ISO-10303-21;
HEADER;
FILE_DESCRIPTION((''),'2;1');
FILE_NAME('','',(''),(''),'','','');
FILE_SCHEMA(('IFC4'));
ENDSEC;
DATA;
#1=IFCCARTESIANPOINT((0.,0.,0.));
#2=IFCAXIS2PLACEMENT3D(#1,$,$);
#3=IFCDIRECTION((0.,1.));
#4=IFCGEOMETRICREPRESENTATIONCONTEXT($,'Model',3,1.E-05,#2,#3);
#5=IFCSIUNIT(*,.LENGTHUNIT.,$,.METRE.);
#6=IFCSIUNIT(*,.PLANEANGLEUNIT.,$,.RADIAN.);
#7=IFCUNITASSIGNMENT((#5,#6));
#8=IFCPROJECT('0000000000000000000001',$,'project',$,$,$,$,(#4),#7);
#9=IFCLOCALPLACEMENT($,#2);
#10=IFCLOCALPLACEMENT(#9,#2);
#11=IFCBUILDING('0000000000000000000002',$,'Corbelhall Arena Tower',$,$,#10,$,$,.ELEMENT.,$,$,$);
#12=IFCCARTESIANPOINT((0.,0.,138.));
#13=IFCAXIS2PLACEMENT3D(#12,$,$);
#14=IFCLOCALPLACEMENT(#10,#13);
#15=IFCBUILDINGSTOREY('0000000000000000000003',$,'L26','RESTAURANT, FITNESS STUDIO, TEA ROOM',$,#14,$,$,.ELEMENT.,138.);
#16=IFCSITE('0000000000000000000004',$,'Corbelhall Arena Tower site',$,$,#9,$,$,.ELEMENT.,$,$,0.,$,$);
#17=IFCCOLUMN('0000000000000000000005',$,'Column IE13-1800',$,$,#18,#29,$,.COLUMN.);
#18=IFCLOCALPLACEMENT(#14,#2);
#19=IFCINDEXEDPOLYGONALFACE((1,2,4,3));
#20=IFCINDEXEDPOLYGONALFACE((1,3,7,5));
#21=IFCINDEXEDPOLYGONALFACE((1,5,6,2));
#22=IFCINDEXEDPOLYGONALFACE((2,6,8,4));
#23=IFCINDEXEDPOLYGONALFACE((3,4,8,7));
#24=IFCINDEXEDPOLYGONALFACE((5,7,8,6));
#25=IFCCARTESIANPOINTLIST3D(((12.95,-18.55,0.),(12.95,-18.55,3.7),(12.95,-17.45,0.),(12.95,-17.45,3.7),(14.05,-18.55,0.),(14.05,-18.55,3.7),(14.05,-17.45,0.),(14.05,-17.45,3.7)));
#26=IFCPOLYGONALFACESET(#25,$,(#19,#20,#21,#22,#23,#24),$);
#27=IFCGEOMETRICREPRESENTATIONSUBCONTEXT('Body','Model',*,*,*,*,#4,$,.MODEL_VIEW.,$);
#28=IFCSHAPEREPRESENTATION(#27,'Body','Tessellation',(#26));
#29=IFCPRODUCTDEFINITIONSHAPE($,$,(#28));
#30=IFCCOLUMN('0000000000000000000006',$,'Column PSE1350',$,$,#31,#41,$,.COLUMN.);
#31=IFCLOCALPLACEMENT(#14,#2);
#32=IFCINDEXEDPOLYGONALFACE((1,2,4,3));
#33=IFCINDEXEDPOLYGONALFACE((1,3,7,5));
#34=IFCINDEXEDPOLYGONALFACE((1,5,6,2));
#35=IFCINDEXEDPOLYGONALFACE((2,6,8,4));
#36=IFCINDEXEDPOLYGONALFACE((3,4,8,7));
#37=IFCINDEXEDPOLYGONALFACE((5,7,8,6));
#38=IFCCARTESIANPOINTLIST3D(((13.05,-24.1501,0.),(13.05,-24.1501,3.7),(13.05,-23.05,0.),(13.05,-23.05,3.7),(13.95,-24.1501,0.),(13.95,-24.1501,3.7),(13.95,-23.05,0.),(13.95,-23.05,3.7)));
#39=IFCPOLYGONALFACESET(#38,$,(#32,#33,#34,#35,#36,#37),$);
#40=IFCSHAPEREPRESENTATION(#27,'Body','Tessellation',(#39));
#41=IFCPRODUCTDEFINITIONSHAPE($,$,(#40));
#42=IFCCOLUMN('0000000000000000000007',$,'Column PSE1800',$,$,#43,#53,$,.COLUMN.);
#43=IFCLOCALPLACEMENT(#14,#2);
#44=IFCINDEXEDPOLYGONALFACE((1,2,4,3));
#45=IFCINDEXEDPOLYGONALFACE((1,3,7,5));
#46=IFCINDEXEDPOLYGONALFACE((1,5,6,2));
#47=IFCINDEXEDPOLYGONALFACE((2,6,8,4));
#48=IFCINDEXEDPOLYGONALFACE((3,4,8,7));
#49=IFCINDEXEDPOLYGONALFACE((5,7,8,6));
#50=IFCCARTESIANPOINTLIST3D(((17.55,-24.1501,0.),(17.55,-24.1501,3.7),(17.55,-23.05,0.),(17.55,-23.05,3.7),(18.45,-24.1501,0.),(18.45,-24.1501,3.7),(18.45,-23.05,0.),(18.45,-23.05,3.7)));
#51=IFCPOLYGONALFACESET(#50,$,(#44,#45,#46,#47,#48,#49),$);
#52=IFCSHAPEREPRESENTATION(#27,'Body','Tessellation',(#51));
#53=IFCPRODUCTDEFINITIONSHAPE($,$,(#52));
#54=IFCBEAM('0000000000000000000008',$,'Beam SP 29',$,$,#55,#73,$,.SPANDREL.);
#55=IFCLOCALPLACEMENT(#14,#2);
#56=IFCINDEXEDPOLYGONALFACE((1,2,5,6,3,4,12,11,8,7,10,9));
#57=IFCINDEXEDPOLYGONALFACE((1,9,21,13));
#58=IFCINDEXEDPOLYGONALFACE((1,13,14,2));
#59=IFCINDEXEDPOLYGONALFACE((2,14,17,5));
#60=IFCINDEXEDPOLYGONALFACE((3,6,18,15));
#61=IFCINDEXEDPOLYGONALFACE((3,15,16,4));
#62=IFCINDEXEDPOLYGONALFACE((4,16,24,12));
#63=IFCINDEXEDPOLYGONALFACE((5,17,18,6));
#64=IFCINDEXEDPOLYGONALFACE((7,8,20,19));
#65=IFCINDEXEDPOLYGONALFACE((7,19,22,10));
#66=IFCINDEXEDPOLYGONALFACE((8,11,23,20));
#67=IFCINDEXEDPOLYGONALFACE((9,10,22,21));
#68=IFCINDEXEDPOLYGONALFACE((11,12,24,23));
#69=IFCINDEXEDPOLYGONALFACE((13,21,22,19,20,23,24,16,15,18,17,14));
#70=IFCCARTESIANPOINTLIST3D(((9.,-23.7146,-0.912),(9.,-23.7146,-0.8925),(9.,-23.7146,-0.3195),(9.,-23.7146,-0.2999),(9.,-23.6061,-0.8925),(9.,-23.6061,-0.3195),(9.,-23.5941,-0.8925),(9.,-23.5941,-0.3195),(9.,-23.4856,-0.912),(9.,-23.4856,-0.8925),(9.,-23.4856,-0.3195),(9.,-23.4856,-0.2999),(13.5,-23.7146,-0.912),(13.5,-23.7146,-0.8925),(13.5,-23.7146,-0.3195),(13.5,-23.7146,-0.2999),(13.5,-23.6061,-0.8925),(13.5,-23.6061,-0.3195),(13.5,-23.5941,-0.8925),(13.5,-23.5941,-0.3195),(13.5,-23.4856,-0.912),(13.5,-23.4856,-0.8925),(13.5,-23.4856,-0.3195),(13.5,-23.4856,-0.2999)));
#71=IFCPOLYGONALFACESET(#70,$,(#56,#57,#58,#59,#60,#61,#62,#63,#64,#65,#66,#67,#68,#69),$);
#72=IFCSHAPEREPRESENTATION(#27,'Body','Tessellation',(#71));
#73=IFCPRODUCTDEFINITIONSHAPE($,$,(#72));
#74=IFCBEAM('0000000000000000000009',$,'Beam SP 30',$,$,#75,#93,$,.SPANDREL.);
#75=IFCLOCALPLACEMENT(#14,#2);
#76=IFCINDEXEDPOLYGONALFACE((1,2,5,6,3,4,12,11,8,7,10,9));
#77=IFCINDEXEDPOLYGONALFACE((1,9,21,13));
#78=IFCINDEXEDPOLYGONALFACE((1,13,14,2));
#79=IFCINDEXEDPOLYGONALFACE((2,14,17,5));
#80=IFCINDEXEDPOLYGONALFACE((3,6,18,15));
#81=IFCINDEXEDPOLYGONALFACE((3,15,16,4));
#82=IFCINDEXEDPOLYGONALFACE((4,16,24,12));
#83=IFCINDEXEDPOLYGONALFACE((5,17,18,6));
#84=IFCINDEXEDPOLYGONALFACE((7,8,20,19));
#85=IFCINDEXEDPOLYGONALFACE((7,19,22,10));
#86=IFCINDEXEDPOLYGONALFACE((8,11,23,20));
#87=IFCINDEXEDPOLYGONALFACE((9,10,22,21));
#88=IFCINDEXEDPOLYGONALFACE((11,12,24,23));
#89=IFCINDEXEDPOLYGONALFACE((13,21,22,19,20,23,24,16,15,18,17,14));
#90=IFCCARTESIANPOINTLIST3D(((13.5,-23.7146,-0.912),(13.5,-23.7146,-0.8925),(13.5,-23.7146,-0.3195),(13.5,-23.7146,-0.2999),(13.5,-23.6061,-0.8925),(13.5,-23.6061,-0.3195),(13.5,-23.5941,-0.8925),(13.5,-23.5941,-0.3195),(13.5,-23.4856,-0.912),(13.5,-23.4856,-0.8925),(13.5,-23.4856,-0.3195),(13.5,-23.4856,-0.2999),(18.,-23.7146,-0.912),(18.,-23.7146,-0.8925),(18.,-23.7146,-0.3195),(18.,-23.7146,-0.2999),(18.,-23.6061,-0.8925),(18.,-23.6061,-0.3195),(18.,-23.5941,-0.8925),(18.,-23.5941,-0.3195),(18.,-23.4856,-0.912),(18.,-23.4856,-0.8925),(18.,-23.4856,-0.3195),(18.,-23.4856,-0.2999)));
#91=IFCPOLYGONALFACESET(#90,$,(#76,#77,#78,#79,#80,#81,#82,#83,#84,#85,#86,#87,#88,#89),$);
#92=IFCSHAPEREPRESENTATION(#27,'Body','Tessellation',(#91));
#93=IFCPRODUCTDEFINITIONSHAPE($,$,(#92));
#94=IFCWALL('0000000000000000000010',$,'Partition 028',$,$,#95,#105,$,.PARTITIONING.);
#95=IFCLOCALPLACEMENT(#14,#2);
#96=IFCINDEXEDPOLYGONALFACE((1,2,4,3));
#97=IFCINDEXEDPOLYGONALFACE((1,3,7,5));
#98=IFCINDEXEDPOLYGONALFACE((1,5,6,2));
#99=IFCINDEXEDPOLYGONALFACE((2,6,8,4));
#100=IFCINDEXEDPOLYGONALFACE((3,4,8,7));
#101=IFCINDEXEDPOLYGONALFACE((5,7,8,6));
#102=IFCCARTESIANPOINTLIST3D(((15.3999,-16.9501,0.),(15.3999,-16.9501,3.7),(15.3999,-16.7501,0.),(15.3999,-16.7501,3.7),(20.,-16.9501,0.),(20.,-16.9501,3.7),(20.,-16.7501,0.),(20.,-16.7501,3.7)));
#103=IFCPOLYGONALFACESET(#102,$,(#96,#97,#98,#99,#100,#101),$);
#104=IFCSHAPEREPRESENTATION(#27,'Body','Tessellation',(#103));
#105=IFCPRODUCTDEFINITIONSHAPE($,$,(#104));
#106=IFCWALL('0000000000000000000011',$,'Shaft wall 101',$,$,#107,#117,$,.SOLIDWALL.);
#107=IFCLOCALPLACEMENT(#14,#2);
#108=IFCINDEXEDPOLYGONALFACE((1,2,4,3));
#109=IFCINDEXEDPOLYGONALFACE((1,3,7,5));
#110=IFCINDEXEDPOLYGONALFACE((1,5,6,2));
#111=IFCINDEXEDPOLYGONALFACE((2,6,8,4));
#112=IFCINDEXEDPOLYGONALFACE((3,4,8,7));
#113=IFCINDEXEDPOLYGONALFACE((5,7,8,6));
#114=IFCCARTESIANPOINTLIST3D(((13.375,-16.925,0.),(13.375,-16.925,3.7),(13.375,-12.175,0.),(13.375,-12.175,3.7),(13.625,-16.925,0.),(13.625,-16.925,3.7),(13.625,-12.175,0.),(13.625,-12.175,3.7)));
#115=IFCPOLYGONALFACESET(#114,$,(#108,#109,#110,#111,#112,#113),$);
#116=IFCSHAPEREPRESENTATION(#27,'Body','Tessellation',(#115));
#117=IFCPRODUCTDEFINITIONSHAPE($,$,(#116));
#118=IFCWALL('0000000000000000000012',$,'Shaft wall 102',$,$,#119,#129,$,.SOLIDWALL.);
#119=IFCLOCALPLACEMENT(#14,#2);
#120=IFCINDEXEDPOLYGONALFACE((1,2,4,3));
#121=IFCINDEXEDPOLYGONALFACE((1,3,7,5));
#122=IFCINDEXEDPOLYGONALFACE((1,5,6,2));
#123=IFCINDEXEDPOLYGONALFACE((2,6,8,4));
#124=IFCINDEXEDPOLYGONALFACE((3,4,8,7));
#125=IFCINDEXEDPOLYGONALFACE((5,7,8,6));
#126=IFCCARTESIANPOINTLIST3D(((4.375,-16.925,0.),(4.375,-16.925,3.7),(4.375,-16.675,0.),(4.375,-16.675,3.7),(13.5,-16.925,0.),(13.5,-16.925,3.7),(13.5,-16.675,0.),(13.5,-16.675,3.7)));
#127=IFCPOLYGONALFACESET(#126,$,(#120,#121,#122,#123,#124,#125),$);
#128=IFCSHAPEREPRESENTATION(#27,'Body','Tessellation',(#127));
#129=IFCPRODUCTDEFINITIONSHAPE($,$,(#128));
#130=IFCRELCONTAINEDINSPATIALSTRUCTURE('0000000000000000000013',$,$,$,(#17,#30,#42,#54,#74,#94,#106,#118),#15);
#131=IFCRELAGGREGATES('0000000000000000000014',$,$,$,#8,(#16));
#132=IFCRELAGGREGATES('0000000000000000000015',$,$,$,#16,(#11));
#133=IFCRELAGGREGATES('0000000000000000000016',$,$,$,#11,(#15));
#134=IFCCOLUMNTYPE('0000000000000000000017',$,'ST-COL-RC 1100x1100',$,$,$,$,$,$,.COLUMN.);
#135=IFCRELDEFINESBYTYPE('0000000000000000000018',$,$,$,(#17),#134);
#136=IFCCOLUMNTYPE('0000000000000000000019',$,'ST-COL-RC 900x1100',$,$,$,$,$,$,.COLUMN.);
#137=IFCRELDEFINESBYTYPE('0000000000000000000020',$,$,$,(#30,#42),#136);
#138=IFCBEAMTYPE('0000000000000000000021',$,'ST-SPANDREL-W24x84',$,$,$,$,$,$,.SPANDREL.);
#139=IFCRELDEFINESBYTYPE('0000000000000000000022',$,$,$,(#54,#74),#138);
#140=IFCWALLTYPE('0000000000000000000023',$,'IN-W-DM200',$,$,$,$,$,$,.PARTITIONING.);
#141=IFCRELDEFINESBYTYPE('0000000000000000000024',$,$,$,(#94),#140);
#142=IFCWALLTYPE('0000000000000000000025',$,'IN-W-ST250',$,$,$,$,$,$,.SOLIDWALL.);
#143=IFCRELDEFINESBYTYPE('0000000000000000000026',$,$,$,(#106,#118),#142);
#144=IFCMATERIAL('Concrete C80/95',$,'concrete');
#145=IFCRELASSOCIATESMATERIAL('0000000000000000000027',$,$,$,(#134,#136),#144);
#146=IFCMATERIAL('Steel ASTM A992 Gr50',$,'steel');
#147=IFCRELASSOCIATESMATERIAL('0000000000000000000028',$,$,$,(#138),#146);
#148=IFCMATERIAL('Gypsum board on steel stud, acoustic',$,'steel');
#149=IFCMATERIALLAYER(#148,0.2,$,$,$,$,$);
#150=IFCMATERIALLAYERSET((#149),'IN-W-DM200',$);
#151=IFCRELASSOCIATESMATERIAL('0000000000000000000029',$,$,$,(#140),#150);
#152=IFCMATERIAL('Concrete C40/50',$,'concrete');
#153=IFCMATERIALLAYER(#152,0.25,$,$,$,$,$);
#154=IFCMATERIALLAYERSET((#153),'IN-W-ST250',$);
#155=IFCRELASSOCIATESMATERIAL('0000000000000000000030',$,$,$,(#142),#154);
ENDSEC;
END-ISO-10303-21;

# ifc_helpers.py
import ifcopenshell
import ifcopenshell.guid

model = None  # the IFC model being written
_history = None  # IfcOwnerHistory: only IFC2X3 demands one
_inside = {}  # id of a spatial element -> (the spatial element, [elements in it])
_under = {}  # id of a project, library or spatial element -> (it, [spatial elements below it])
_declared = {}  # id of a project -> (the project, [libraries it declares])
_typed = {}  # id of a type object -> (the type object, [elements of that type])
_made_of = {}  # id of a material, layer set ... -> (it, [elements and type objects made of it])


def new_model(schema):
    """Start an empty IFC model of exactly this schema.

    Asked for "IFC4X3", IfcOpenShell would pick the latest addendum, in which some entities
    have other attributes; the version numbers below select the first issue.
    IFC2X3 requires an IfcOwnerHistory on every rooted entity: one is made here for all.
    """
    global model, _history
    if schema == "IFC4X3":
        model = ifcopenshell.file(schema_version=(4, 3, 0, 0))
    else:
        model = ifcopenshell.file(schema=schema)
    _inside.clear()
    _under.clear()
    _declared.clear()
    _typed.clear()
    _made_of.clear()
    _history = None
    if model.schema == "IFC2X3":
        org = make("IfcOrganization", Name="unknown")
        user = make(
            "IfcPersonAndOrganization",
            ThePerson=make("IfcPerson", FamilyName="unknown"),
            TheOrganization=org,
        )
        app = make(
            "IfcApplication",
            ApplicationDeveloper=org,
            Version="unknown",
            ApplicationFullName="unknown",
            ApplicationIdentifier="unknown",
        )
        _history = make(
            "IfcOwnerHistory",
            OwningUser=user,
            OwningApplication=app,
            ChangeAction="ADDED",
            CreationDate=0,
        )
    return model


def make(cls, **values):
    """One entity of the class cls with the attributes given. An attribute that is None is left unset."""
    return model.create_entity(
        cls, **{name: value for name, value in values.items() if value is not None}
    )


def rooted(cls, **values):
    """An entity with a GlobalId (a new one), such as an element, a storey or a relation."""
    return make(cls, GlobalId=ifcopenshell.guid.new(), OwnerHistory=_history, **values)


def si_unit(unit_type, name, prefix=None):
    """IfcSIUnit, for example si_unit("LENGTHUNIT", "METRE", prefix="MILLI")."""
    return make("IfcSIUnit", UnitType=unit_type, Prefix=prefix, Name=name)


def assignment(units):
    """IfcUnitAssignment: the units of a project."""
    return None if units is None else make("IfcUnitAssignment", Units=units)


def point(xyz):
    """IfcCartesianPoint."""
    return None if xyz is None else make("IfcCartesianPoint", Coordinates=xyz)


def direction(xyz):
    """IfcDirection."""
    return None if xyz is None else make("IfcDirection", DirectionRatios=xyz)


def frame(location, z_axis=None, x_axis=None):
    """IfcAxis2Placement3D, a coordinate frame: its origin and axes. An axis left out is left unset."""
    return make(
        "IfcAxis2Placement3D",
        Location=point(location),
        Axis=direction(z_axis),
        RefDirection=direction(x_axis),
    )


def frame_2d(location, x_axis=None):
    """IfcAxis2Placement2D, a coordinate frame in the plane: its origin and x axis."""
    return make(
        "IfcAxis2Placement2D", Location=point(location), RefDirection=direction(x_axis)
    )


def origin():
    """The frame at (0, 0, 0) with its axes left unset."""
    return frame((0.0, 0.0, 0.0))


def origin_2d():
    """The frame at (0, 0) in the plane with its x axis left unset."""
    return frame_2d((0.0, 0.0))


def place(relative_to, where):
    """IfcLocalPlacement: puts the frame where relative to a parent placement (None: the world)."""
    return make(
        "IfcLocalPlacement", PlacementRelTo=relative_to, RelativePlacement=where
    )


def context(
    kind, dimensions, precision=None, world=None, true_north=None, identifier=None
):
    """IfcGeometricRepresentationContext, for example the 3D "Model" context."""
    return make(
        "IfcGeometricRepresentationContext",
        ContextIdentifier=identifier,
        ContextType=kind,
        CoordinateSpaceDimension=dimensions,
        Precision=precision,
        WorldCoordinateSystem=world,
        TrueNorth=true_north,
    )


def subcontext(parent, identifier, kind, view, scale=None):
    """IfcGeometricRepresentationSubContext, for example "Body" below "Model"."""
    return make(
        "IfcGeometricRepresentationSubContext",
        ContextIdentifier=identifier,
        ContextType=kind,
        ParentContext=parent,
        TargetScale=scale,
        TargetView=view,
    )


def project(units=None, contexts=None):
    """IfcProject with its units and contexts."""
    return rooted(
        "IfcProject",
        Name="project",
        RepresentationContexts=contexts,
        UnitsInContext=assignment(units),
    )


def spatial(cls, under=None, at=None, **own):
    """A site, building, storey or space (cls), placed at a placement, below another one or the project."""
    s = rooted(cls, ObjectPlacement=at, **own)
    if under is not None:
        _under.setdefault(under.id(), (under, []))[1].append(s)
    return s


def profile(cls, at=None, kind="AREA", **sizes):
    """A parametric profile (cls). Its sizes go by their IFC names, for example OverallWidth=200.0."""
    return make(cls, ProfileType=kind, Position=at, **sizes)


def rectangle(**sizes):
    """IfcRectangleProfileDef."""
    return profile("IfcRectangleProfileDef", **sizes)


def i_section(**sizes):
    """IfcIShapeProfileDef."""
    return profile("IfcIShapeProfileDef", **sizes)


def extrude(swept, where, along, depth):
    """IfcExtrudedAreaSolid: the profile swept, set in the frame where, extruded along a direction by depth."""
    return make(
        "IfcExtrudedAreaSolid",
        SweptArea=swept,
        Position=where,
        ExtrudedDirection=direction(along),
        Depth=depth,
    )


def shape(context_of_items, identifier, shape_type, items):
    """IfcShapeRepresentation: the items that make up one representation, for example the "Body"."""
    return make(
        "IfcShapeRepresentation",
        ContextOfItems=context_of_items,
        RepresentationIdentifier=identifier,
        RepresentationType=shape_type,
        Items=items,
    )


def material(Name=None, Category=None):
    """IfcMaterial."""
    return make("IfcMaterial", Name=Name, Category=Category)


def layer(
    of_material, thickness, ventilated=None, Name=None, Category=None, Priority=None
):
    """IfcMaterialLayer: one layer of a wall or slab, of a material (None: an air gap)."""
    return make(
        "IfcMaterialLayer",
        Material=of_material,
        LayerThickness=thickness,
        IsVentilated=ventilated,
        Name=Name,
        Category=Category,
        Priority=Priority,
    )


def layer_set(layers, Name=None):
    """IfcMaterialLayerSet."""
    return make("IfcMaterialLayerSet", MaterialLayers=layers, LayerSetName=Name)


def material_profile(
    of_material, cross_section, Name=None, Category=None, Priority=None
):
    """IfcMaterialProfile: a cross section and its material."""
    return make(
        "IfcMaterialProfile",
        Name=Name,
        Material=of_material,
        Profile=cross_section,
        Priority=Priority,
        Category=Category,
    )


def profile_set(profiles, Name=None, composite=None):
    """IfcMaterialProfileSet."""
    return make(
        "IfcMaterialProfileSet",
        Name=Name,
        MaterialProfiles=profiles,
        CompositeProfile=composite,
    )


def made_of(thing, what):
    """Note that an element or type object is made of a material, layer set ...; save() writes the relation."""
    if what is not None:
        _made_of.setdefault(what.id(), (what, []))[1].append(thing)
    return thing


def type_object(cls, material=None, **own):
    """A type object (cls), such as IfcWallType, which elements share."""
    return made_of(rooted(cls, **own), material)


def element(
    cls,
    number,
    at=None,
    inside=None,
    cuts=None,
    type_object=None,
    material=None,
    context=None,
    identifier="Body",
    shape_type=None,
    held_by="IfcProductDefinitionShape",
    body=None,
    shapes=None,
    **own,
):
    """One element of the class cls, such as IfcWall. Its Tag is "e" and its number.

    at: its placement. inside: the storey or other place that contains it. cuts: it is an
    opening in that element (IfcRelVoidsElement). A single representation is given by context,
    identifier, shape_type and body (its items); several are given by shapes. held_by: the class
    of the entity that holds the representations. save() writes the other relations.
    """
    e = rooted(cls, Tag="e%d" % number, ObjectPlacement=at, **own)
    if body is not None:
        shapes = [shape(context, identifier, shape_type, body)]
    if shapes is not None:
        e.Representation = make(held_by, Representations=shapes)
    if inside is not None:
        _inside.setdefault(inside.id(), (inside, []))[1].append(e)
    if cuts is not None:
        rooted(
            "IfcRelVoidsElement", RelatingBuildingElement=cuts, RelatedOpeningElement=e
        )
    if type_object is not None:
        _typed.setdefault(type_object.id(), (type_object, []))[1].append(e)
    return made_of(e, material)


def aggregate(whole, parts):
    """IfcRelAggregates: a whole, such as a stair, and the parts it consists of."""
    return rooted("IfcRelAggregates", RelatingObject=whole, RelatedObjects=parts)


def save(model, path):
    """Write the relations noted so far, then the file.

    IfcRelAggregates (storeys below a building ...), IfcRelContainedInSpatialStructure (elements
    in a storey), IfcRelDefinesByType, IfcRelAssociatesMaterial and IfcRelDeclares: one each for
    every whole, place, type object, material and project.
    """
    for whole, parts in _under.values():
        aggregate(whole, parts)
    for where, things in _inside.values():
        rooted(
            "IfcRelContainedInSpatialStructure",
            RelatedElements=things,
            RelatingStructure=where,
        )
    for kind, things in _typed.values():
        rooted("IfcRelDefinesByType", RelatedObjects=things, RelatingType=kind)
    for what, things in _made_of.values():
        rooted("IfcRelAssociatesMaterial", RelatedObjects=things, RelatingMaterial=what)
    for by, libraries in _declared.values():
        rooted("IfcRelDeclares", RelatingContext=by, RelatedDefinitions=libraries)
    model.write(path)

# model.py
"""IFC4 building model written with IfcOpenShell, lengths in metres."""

from ifc_helpers import new_model, si_unit, direction, frame, frame_2d, origin, origin_2d, place, context, subcontext, project, spatial, rectangle, i_section, extrude, material, layer, layer_set, material_profile, profile_set, type_object, element, save


model = new_model("IFC4")

# Units and contexts
model_context = context("Model", 3, precision=1e-05, world=origin(), true_north=direction((0.0, 1.0)))
body_context = subcontext(model_context, "Body", "Model", "MODEL_VIEW")
ifc_project = project(units=[si_unit("LENGTHUNIT", "METRE"), si_unit("PLANEANGLEUNIT", "RADIAN")], contexts=[model_context])

# Site, building, storey
site_placement = place(None, origin())
site = spatial("IfcSite", under=ifc_project, at=site_placement, Name="Corbelhall Arena Tower site", CompositionType="ELEMENT", RefElevation=0.0)
building_placement = place(site_placement, origin())
building = spatial("IfcBuilding", under=site, at=building_placement, Name="Corbelhall Arena Tower", CompositionType="ELEMENT")
storey_placement = place(building_placement, frame((0.0, 0.0, 138.0)))
storey = spatial("IfcBuildingStorey", under=building, at=storey_placement, Name="L26", Description="RESTAURANT, FITNESS STUDIO, TEA ROOM", CompositionType="ELEMENT", Elevation=138.0)

# Columns
ifc_material_1 = material(Name="Concrete C80/95", Category="concrete")
ifc_material_profile_1 = material_profile(ifc_material_1, rectangle(XDim=1.1001, YDim=1.1001, at=origin_2d()))
ifc_profile_set_1 = profile_set([ifc_material_profile_1], Name="Concrete C80/95")
column_type_1 = type_object("IfcColumnType", Name="ST-COL-RC 1100x1100", PredefinedType="COLUMN", material=ifc_profile_set_1)
column_placement = place(storey_placement, frame((13.5, -18.0, 0.0), z_axis=(0.0, 0.0, 1.0), x_axis=(1.0, 0.0, 0.0)))
element("IfcColumn", 1, at=column_placement, inside=storey, type_object=column_type_1, Name="Column IE13-1800", PredefinedType="COLUMN", context=body_context, shape_type="SweptSolid", body=[
    extrude(rectangle(XDim=1.1001, YDim=1.1001, at=origin_2d()), origin(), (0.0, 0.0, 1.0), 3.7),
])
ifc_material_profile_2 = material_profile(ifc_material_1, rectangle(XDim=0.8999, YDim=1.1001, at=origin_2d()))
ifc_profile_set_2 = profile_set([ifc_material_profile_2], Name="Concrete C80/95")
column_type_2 = type_object("IfcColumnType", Name="ST-COL-RC 900x1100", PredefinedType="COLUMN", material=ifc_profile_set_2)
for number, where, z_axis, x_axis, name in (
    (2, (13.5, -23.6001, 0.0), (0.0, 0.0, 1.0), (1.0, 0.0, 0.0), "Column PSE1350"),
    (3, (18.0, -23.6001, 0.0), (0.0, 0.0, 1.0), (1.0, 0.0, 0.0), "Column PSE1800"),
):
    element("IfcColumn", number, at=place(storey_placement, frame(where, z_axis=z_axis, x_axis=x_axis)), inside=storey, type_object=column_type_2, Name=name, PredefinedType="COLUMN", context=body_context, shape_type="SweptSolid", body=[
        extrude(rectangle(XDim=0.8999, YDim=1.1001, at=origin_2d()), origin(), (0.0, 0.0, 1.0), 3.7),
    ])

# Beams
ifc_material_2 = material(Name="Steel ASTM A992 Gr50", Category="steel")
ifc_material_profile_3 = material_profile(ifc_material_2, i_section(OverallWidth=0.229, OverallDepth=0.6121, WebThickness=0.012, FlangeThickness=0.0195, at=origin_2d()))
ifc_profile_set_3 = profile_set([ifc_material_profile_3], Name="Steel ASTM A992 Gr50")
beam_type = type_object("IfcBeamType", Name="ST-SPANDREL-W24x84", PredefinedType="SPANDREL", material=ifc_profile_set_3)
for number, where, z_axis, x_axis, name in (
    (4, (13.5, -23.6001, -0.606), (-1.0, 0.0, 0.0), (0.0, -1.0, 0.0), "Beam SP 29"),
    (5, (18.0, -23.6001, -0.606), (-1.0, 0.0, 0.0), (0.0, -1.0, 0.0), "Beam SP 30"),
):
    element("IfcBeam", number, at=place(storey_placement, frame(where, z_axis=z_axis, x_axis=x_axis)), inside=storey, type_object=beam_type, Name=name, PredefinedType="SPANDREL", context=body_context, shape_type="SweptSolid", body=[
        extrude(i_section(OverallWidth=0.229, OverallDepth=0.6121, WebThickness=0.012, FlangeThickness=0.0195, at=origin_2d()), origin(), (0.0, 0.0, 1.0), 4.5),
    ])

# Shared definitions
ifc_material_3 = material(Name="Gypsum board on steel stud, acoustic", Category="steel")
ifc_layer_1 = layer(ifc_material_3, 0.2)
ifc_layer_set_1 = layer_set([ifc_layer_1], Name="IN-W-DM200")
wall_type_1 = type_object("IfcWallType", Name="IN-W-DM200", PredefinedType="PARTITIONING", material=ifc_layer_set_1)

# Walls
wall_1_placement = place(storey_placement, frame((15.3999, -16.8501, 0.0), z_axis=(0.0, 0.0, 1.0), x_axis=(1.0, 0.0, 0.0)))
element("IfcWall", 6, at=wall_1_placement, inside=storey, type_object=wall_type_1, Name="Partition 028", PredefinedType="PARTITIONING", context=body_context, shape_type="SweptSolid", body=[
    extrude(rectangle(XDim=4.6001, YDim=0.2, at=frame_2d((2.3, 0.0))), origin(), (0.0, 0.0, 1.0), 3.7),
])
ifc_material_4 = material(Name="Concrete C40/50", Category="concrete")
ifc_layer_2 = layer(ifc_material_4, 0.25)
ifc_layer_set_2 = layer_set([ifc_layer_2], Name="IN-W-ST250")
wall_type_2 = type_object("IfcWallType", Name="IN-W-ST250", PredefinedType="SOLIDWALL", material=ifc_layer_set_2)
wall_2_placement = place(storey_placement, frame((13.5, -16.925, 0.0), z_axis=(0.0, 0.0, 1.0), x_axis=(0.0, 1.0, 0.0)))
element("IfcWall", 7, at=wall_2_placement, inside=storey, type_object=wall_type_2, Name="Shaft wall 101", PredefinedType="SOLIDWALL", context=body_context, shape_type="SweptSolid", body=[
    extrude(rectangle(XDim=4.75, YDim=0.25, at=frame_2d((2.375, 0.0))), origin(), (0.0, 0.0, 1.0), 3.7),
])
wall_3_placement = place(storey_placement, frame((13.5, -16.8, 0.0), z_axis=(0.0, 0.0, 1.0), x_axis=(-1.0, 0.0, 0.0)))
element("IfcWall", 8, at=wall_3_placement, inside=storey, type_object=wall_type_2, Name="Shaft wall 102", PredefinedType="SOLIDWALL", context=body_context, shape_type="SweptSolid", body=[
    extrude(rectangle(XDim=9.125, YDim=0.25, at=frame_2d((4.5625, 0.0))), origin(), (0.0, 0.0, 1.0), 3.7),
])

save(model, "model.ifc")
